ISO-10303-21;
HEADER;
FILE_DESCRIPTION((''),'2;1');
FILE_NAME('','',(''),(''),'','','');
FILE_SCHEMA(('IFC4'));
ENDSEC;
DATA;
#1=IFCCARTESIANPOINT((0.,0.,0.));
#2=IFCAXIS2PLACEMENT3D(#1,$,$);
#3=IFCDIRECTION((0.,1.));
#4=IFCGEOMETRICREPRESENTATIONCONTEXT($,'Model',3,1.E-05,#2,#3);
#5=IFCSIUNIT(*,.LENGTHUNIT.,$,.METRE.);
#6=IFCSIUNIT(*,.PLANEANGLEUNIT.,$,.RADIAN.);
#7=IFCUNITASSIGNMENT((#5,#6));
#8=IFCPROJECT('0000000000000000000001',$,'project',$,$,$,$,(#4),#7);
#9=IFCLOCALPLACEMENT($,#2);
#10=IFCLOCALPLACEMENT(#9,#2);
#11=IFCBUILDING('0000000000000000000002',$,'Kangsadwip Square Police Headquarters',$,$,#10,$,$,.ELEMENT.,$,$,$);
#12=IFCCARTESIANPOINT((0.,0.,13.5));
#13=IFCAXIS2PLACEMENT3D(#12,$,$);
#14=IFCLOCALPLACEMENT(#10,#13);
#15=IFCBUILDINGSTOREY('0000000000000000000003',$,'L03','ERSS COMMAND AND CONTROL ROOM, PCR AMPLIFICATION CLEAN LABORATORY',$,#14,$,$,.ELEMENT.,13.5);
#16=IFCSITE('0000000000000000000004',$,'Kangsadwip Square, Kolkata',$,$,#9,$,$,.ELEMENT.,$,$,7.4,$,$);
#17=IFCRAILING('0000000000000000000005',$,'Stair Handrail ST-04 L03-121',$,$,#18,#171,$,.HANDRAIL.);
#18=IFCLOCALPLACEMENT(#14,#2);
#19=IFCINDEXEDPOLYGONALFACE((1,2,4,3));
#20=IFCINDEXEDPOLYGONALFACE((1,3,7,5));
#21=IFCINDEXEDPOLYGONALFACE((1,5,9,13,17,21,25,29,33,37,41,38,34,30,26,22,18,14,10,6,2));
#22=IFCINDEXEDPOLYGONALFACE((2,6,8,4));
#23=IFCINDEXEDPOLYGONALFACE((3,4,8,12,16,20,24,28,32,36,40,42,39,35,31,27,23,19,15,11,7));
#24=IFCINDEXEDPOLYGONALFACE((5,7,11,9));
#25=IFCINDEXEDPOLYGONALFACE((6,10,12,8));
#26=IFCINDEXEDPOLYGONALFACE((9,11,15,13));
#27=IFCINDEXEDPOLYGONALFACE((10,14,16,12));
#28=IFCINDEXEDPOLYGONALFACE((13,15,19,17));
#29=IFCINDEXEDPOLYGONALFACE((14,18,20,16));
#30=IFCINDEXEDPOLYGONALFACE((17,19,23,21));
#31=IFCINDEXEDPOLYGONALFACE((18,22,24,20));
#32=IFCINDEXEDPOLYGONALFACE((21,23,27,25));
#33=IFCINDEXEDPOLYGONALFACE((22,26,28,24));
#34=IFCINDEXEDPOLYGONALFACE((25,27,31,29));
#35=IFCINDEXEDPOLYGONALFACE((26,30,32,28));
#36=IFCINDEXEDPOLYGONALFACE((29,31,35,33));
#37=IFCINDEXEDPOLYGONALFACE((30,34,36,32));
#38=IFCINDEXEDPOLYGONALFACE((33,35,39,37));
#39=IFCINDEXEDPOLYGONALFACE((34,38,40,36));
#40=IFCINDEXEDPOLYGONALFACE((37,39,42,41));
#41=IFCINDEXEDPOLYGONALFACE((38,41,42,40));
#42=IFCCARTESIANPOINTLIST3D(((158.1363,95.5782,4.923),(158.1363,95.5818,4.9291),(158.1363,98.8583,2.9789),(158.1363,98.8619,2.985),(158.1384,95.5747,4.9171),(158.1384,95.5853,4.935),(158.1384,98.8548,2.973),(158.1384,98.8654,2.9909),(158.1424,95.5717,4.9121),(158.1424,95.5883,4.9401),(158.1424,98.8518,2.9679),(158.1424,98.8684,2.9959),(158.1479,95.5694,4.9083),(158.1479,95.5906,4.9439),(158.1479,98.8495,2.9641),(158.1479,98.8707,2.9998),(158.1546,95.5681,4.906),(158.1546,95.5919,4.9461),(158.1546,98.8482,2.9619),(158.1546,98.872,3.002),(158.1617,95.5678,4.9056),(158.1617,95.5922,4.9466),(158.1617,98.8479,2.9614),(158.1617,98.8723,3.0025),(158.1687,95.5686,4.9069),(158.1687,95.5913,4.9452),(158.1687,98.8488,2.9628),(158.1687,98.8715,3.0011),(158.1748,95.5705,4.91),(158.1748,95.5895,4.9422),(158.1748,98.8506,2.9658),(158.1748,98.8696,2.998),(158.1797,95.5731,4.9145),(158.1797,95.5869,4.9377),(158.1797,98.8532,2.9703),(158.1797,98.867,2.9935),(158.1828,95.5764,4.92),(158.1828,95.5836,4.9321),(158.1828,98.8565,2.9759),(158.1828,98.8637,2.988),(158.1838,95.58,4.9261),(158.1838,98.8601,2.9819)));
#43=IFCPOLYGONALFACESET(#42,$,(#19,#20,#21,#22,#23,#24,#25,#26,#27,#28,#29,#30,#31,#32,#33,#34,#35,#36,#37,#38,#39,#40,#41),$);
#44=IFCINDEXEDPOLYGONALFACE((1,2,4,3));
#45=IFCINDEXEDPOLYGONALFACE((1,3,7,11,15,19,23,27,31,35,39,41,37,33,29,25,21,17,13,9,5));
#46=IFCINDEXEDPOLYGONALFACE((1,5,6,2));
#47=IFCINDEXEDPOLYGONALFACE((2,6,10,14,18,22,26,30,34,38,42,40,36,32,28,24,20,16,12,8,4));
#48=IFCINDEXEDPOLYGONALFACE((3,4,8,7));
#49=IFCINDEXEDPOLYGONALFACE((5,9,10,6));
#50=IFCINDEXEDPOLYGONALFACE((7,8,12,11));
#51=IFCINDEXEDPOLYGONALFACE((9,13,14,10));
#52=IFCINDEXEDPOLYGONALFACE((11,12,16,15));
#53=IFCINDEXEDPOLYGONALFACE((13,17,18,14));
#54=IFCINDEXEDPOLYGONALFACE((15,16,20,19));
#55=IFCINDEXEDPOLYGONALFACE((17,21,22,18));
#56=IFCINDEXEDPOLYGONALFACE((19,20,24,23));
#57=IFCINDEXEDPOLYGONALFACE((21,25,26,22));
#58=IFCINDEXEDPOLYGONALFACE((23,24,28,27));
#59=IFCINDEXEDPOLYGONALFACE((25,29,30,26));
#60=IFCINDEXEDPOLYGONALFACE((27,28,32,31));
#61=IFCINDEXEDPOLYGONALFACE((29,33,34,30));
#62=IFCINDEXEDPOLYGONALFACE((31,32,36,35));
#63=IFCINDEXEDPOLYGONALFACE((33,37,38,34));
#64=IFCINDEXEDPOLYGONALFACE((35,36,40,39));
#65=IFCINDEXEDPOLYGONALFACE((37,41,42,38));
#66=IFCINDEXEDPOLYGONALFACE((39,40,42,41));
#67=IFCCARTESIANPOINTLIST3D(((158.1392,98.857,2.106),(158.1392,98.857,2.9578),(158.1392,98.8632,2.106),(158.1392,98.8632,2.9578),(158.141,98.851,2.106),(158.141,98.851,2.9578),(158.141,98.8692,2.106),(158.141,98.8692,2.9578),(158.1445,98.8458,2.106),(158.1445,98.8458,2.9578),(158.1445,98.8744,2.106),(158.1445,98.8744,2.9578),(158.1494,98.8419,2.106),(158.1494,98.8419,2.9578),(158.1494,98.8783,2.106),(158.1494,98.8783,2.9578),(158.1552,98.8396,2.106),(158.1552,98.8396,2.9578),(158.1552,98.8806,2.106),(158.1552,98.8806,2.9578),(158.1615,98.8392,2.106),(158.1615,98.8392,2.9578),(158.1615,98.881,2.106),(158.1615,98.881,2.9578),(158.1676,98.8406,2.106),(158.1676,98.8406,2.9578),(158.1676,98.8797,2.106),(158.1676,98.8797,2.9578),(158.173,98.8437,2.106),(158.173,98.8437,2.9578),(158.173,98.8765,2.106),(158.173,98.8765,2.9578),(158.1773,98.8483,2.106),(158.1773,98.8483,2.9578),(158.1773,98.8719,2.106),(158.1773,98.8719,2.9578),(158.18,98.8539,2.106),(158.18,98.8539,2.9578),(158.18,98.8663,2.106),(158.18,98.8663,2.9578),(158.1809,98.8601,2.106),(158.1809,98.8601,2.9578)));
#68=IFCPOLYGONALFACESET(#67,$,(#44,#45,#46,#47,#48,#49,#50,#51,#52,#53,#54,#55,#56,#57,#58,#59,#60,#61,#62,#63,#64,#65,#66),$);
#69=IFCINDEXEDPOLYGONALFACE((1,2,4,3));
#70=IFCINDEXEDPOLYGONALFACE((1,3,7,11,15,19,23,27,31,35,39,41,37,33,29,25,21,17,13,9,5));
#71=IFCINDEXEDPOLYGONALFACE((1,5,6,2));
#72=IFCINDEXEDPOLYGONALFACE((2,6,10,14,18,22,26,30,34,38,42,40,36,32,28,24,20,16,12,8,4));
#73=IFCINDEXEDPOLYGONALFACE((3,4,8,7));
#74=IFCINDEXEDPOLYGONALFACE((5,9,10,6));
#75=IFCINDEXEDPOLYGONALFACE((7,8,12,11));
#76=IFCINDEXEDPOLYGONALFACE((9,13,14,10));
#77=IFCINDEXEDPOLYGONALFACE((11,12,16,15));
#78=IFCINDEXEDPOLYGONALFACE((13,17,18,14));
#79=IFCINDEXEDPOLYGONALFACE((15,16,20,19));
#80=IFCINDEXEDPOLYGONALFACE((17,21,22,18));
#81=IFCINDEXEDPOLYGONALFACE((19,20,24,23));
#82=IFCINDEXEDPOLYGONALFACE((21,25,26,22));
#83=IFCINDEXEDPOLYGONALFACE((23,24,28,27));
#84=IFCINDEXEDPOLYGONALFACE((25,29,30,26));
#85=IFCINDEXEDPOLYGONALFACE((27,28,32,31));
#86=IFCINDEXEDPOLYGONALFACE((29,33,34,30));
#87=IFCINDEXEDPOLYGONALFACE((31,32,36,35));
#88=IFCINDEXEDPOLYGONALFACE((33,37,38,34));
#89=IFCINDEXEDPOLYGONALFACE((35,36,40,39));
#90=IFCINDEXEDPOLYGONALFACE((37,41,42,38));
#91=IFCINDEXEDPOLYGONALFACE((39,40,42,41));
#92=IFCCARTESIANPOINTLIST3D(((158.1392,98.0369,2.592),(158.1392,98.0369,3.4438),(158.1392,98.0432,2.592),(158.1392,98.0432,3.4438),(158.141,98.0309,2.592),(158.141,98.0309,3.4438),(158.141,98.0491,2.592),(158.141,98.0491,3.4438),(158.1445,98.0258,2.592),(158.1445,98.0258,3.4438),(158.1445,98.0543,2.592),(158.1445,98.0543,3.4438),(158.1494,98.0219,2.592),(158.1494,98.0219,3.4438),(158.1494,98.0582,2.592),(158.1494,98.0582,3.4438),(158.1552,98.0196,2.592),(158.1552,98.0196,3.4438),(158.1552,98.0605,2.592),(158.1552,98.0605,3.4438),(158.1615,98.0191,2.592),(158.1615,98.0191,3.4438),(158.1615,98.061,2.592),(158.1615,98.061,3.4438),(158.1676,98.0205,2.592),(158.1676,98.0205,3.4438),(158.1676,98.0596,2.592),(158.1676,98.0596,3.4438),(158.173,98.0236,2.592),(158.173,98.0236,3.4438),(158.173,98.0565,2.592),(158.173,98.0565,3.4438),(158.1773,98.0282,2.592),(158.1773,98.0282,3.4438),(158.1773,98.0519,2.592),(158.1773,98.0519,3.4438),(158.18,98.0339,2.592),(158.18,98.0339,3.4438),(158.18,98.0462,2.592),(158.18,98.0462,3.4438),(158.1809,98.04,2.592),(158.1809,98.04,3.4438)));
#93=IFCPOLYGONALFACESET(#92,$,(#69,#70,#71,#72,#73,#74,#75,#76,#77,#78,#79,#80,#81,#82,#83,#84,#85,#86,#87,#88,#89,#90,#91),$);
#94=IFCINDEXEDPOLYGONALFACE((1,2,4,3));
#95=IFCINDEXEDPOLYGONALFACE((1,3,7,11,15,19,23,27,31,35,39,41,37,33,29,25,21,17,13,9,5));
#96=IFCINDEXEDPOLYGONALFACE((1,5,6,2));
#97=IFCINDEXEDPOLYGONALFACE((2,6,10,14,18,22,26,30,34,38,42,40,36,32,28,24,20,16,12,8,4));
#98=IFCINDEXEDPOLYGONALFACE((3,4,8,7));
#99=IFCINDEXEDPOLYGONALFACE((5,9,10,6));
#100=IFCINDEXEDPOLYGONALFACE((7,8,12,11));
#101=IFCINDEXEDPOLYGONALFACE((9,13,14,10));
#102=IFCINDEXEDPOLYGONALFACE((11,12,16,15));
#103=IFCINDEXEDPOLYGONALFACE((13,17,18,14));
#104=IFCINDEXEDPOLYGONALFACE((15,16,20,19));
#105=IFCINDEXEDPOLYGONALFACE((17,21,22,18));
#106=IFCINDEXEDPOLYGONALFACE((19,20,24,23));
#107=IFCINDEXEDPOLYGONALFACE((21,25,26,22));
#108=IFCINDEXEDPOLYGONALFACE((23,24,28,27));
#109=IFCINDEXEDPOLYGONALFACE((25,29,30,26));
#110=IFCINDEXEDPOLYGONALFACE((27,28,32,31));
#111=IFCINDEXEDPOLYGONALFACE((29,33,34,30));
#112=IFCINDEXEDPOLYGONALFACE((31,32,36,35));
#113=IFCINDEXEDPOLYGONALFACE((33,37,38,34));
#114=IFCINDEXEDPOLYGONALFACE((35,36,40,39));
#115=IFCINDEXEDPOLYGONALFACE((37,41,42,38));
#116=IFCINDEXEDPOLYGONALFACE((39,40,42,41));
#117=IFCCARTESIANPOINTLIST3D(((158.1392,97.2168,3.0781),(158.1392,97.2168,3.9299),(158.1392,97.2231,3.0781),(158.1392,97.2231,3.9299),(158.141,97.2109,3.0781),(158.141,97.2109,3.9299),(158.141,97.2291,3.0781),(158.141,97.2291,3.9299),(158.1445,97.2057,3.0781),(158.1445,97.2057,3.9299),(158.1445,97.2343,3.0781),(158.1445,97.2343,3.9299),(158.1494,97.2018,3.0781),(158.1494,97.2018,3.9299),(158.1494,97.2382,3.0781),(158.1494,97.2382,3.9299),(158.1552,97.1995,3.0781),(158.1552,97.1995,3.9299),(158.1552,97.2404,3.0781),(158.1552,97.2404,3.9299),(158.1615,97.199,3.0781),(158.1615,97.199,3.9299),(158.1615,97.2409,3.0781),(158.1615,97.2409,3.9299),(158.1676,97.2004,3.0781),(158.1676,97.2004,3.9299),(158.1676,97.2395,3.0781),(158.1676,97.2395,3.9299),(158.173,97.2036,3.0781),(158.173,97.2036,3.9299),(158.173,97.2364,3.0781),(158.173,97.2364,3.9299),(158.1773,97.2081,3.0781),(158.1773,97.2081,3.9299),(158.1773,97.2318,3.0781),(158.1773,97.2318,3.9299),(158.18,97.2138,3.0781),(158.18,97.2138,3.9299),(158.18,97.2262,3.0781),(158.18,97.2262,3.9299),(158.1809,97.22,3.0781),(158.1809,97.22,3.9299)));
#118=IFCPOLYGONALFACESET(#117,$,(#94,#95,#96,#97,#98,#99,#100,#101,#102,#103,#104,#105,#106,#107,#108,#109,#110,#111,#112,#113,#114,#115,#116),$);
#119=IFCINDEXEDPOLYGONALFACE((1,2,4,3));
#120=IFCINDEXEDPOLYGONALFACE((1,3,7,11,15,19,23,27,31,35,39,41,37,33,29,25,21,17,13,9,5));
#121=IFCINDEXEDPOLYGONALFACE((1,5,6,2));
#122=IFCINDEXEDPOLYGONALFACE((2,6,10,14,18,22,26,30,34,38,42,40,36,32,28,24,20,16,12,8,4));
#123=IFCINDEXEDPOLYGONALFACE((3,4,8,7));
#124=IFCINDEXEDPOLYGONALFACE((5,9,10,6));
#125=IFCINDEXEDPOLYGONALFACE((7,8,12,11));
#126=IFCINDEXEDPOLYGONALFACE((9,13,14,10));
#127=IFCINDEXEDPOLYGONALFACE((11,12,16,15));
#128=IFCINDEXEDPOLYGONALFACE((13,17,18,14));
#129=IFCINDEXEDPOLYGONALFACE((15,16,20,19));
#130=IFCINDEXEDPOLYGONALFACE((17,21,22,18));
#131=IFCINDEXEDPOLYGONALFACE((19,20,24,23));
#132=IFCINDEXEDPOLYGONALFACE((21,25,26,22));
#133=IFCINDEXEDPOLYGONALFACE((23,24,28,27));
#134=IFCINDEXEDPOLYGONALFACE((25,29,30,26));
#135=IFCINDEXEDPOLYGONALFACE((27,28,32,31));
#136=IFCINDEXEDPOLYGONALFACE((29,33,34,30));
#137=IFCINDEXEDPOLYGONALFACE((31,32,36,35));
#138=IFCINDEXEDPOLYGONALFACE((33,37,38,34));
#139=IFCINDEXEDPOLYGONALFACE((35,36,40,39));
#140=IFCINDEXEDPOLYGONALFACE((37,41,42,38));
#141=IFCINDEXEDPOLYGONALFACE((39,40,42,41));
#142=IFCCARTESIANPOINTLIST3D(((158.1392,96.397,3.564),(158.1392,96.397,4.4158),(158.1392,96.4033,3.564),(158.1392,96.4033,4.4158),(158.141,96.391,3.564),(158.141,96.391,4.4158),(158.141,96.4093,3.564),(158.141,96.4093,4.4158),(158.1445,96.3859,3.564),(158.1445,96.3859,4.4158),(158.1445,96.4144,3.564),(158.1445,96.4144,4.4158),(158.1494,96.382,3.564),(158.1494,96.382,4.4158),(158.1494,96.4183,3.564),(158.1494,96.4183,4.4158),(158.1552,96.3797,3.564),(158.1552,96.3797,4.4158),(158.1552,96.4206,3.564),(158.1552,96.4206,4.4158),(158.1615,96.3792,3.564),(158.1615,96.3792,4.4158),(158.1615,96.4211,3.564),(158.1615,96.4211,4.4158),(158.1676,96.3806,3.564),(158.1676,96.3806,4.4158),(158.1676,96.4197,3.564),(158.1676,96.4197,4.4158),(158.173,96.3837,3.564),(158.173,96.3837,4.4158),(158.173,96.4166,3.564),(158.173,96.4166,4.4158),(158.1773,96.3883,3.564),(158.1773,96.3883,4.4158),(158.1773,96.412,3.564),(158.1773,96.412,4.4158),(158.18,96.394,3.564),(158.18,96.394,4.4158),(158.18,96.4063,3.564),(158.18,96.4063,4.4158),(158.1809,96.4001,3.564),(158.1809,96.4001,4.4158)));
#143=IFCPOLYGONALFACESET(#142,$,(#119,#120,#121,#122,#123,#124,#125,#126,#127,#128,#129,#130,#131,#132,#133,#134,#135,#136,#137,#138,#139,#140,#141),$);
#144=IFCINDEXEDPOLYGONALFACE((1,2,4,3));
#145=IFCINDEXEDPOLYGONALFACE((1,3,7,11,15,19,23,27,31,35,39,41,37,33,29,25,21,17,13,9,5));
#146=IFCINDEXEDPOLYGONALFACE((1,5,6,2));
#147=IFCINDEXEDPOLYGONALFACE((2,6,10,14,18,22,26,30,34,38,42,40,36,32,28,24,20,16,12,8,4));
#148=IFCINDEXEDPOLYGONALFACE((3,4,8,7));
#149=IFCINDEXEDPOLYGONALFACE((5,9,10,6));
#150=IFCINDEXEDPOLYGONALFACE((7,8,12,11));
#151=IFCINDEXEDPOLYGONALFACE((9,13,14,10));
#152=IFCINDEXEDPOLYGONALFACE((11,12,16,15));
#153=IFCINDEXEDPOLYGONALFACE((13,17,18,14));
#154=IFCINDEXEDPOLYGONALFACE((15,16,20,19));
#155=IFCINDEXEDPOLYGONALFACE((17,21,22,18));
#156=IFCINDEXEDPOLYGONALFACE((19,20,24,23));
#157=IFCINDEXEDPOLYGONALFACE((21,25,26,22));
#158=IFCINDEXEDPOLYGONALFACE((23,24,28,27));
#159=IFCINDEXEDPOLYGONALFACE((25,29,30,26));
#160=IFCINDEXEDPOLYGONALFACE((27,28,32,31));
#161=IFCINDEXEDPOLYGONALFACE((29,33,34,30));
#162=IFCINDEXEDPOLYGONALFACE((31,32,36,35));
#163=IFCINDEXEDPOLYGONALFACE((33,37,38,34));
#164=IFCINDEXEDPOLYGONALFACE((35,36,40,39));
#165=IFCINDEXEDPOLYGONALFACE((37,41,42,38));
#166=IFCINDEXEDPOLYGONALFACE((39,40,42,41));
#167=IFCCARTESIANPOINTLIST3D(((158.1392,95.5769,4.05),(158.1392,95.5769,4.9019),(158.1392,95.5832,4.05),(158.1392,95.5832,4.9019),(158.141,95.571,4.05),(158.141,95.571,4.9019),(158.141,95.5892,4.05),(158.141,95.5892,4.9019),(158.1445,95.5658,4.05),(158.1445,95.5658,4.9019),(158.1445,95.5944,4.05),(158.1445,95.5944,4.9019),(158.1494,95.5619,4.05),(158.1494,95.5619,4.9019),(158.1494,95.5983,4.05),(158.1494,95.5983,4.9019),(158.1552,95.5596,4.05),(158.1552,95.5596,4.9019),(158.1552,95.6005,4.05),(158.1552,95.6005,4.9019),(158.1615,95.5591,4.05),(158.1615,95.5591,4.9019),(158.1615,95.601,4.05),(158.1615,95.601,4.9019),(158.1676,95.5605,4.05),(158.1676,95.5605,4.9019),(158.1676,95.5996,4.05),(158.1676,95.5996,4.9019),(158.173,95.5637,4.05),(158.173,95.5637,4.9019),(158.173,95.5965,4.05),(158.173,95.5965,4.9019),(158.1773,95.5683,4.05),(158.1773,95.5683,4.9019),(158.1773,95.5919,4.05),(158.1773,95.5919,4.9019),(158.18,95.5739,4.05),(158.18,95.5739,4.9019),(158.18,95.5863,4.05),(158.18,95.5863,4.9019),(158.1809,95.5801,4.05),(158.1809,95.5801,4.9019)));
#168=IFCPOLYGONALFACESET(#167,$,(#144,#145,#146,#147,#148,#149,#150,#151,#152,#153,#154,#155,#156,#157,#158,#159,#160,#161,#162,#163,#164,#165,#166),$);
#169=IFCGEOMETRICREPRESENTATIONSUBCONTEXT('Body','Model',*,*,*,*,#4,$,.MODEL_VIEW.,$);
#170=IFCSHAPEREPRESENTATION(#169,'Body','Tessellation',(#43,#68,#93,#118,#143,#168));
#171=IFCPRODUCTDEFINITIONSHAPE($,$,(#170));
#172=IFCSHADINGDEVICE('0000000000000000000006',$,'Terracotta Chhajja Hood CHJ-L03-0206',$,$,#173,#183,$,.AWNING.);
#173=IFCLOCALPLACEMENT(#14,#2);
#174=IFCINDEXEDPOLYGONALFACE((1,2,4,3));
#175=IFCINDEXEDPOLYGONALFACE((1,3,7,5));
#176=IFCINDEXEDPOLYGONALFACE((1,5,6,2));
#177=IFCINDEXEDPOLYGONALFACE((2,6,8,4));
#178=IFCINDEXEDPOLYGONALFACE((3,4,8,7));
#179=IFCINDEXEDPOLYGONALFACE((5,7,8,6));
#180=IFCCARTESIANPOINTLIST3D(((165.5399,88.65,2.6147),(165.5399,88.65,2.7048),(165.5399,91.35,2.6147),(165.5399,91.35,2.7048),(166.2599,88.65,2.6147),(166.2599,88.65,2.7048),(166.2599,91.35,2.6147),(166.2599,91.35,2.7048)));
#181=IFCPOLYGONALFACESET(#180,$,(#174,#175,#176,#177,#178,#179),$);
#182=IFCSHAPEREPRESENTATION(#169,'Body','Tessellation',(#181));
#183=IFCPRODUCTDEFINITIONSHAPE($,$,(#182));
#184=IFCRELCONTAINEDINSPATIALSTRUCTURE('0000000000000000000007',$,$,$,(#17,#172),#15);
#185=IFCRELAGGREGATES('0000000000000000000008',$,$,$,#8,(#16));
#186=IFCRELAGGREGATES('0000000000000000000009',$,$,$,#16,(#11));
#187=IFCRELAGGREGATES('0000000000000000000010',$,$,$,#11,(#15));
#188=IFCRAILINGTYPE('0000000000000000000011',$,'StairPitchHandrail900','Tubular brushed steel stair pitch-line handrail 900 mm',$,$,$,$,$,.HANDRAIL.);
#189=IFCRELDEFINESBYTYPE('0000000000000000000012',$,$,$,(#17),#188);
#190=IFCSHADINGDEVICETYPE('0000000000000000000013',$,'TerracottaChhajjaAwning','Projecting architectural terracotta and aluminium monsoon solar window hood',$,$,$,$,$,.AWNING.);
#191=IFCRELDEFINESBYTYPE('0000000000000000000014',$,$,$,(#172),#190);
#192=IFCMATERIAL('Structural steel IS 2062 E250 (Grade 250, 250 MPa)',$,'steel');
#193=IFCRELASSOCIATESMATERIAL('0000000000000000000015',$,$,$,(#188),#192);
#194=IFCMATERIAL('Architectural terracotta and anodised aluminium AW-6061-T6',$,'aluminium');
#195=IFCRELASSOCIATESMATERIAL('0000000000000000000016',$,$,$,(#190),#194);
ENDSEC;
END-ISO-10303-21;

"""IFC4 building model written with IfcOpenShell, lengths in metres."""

from ifc_helpers import new_model, si_unit, direction, frame, origin, origin_2d, place, context, subcontext, project, spatial, rectangle, circle, extrude, material, type_object, element, save


model = new_model("IFC4")

# Units and contexts
model_context = context("Model", 3, precision=1e-05, world=origin(), true_north=direction((0.0, 1.0)))
body_context = subcontext(model_context, "Body", "Model", "MODEL_VIEW")
ifc_project = project(units=[si_unit("LENGTHUNIT", "METRE"), si_unit("PLANEANGLEUNIT", "RADIAN")], contexts=[model_context])

# Site, building, storey
site_placement = place(None, origin())
site = spatial("IfcSite", under=ifc_project, at=site_placement, Name="Kangsadwip Square, Kolkata", CompositionType="ELEMENT", RefElevation=7.4)
building_placement = place(site_placement, origin())
building = spatial("IfcBuilding", under=site, at=building_placement, Name="Kangsadwip Square Police Headquarters", CompositionType="ELEMENT")
storey_placement = place(building_placement, frame((0.0, 0.0, 13.5)))
storey = spatial("IfcBuildingStorey", under=building, at=storey_placement, Name="L03", Description="ERSS COMMAND AND CONTROL ROOM, PCR AMPLIFICATION CLEAN LABORATORY", CompositionType="ELEMENT", Elevation=13.5)

# Railing
ifc_material_1 = material(Name="Structural steel IS 2062 E250 (Grade 250, 250 MPa)", Category="steel")
railing_type_1 = type_object("IfcRailingType", Name="StairPitchHandrail900", Description="Tubular brushed steel stair pitch-line handrail 900 mm", PredefinedType="HANDRAIL", material=ifc_material_1)
railing_1_placement = place(storey_placement, frame((158.1599, 98.8601, 2.106)))
element("IfcRailing", 1, at=railing_1_placement, inside=storey, type_object=railing_type_1, Name="Stair Handrail ST-04 L03-121", PredefinedType="HANDRAIL", context=body_context, shape_type="SweptSolid", body=[
    extrude(circle(Radius=0.0239, at=origin_2d()), frame((0.0, 0.0, 0.876), z_axis=(0.0, -0.860249, 0.509874), x_axis=(1.0, 0.0, 0.0)), (0.0, 0.0, 1.0), 3.813),
    extrude(circle(Radius=0.021, at=origin_2d()), origin(), (0.0, 0.0, 1.0), 0.8518),
    extrude(circle(Radius=0.021, at=origin_2d()), frame((0.0, -0.8201, 0.4861)), (0.0, 0.0, 1.0), 0.8518),
    extrude(circle(Radius=0.021, at=origin_2d()), frame((0.0, -1.6401, 0.9722)), (0.0, 0.0, 1.0), 0.8518),
    extrude(circle(Radius=0.021, at=origin_2d()), frame((0.0, -2.46, 1.458)), (0.0, 0.0, 1.0), 0.8518),
    extrude(circle(Radius=0.021, at=origin_2d()), frame((0.0, -3.28, 1.9441)), (0.0, 0.0, 1.0), 0.8518),
])

# Shading device
ifc_material_2 = material(Name="Architectural terracotta and anodised aluminium AW-6061-T6", Category="aluminium")
shading_device_type = type_object("IfcShadingDeviceType", Name="TerracottaChhajjaAwning", Description="Projecting architectural terracotta and aluminium monsoon solar window hood", PredefinedType="AWNING", material=ifc_material_2)
shading_device_placement = place(storey_placement, frame((165.8999, 90.0, 2.6147), z_axis=(0.0, 0.0, 1.0), x_axis=(0.0, 1.0, 0.0)))
element("IfcShadingDevice", 2, at=shading_device_placement, inside=storey, type_object=shading_device_type, Name="Terracotta Chhajja Hood CHJ-L03-0206", PredefinedType="AWNING", context=body_context, shape_type="SweptSolid", body=[
    extrude(rectangle(XDim=2.7, YDim=0.72, at=origin_2d()), origin(), (0.0, 0.0, 1.0), 0.0901),
])

save(model, "model.ifc")
